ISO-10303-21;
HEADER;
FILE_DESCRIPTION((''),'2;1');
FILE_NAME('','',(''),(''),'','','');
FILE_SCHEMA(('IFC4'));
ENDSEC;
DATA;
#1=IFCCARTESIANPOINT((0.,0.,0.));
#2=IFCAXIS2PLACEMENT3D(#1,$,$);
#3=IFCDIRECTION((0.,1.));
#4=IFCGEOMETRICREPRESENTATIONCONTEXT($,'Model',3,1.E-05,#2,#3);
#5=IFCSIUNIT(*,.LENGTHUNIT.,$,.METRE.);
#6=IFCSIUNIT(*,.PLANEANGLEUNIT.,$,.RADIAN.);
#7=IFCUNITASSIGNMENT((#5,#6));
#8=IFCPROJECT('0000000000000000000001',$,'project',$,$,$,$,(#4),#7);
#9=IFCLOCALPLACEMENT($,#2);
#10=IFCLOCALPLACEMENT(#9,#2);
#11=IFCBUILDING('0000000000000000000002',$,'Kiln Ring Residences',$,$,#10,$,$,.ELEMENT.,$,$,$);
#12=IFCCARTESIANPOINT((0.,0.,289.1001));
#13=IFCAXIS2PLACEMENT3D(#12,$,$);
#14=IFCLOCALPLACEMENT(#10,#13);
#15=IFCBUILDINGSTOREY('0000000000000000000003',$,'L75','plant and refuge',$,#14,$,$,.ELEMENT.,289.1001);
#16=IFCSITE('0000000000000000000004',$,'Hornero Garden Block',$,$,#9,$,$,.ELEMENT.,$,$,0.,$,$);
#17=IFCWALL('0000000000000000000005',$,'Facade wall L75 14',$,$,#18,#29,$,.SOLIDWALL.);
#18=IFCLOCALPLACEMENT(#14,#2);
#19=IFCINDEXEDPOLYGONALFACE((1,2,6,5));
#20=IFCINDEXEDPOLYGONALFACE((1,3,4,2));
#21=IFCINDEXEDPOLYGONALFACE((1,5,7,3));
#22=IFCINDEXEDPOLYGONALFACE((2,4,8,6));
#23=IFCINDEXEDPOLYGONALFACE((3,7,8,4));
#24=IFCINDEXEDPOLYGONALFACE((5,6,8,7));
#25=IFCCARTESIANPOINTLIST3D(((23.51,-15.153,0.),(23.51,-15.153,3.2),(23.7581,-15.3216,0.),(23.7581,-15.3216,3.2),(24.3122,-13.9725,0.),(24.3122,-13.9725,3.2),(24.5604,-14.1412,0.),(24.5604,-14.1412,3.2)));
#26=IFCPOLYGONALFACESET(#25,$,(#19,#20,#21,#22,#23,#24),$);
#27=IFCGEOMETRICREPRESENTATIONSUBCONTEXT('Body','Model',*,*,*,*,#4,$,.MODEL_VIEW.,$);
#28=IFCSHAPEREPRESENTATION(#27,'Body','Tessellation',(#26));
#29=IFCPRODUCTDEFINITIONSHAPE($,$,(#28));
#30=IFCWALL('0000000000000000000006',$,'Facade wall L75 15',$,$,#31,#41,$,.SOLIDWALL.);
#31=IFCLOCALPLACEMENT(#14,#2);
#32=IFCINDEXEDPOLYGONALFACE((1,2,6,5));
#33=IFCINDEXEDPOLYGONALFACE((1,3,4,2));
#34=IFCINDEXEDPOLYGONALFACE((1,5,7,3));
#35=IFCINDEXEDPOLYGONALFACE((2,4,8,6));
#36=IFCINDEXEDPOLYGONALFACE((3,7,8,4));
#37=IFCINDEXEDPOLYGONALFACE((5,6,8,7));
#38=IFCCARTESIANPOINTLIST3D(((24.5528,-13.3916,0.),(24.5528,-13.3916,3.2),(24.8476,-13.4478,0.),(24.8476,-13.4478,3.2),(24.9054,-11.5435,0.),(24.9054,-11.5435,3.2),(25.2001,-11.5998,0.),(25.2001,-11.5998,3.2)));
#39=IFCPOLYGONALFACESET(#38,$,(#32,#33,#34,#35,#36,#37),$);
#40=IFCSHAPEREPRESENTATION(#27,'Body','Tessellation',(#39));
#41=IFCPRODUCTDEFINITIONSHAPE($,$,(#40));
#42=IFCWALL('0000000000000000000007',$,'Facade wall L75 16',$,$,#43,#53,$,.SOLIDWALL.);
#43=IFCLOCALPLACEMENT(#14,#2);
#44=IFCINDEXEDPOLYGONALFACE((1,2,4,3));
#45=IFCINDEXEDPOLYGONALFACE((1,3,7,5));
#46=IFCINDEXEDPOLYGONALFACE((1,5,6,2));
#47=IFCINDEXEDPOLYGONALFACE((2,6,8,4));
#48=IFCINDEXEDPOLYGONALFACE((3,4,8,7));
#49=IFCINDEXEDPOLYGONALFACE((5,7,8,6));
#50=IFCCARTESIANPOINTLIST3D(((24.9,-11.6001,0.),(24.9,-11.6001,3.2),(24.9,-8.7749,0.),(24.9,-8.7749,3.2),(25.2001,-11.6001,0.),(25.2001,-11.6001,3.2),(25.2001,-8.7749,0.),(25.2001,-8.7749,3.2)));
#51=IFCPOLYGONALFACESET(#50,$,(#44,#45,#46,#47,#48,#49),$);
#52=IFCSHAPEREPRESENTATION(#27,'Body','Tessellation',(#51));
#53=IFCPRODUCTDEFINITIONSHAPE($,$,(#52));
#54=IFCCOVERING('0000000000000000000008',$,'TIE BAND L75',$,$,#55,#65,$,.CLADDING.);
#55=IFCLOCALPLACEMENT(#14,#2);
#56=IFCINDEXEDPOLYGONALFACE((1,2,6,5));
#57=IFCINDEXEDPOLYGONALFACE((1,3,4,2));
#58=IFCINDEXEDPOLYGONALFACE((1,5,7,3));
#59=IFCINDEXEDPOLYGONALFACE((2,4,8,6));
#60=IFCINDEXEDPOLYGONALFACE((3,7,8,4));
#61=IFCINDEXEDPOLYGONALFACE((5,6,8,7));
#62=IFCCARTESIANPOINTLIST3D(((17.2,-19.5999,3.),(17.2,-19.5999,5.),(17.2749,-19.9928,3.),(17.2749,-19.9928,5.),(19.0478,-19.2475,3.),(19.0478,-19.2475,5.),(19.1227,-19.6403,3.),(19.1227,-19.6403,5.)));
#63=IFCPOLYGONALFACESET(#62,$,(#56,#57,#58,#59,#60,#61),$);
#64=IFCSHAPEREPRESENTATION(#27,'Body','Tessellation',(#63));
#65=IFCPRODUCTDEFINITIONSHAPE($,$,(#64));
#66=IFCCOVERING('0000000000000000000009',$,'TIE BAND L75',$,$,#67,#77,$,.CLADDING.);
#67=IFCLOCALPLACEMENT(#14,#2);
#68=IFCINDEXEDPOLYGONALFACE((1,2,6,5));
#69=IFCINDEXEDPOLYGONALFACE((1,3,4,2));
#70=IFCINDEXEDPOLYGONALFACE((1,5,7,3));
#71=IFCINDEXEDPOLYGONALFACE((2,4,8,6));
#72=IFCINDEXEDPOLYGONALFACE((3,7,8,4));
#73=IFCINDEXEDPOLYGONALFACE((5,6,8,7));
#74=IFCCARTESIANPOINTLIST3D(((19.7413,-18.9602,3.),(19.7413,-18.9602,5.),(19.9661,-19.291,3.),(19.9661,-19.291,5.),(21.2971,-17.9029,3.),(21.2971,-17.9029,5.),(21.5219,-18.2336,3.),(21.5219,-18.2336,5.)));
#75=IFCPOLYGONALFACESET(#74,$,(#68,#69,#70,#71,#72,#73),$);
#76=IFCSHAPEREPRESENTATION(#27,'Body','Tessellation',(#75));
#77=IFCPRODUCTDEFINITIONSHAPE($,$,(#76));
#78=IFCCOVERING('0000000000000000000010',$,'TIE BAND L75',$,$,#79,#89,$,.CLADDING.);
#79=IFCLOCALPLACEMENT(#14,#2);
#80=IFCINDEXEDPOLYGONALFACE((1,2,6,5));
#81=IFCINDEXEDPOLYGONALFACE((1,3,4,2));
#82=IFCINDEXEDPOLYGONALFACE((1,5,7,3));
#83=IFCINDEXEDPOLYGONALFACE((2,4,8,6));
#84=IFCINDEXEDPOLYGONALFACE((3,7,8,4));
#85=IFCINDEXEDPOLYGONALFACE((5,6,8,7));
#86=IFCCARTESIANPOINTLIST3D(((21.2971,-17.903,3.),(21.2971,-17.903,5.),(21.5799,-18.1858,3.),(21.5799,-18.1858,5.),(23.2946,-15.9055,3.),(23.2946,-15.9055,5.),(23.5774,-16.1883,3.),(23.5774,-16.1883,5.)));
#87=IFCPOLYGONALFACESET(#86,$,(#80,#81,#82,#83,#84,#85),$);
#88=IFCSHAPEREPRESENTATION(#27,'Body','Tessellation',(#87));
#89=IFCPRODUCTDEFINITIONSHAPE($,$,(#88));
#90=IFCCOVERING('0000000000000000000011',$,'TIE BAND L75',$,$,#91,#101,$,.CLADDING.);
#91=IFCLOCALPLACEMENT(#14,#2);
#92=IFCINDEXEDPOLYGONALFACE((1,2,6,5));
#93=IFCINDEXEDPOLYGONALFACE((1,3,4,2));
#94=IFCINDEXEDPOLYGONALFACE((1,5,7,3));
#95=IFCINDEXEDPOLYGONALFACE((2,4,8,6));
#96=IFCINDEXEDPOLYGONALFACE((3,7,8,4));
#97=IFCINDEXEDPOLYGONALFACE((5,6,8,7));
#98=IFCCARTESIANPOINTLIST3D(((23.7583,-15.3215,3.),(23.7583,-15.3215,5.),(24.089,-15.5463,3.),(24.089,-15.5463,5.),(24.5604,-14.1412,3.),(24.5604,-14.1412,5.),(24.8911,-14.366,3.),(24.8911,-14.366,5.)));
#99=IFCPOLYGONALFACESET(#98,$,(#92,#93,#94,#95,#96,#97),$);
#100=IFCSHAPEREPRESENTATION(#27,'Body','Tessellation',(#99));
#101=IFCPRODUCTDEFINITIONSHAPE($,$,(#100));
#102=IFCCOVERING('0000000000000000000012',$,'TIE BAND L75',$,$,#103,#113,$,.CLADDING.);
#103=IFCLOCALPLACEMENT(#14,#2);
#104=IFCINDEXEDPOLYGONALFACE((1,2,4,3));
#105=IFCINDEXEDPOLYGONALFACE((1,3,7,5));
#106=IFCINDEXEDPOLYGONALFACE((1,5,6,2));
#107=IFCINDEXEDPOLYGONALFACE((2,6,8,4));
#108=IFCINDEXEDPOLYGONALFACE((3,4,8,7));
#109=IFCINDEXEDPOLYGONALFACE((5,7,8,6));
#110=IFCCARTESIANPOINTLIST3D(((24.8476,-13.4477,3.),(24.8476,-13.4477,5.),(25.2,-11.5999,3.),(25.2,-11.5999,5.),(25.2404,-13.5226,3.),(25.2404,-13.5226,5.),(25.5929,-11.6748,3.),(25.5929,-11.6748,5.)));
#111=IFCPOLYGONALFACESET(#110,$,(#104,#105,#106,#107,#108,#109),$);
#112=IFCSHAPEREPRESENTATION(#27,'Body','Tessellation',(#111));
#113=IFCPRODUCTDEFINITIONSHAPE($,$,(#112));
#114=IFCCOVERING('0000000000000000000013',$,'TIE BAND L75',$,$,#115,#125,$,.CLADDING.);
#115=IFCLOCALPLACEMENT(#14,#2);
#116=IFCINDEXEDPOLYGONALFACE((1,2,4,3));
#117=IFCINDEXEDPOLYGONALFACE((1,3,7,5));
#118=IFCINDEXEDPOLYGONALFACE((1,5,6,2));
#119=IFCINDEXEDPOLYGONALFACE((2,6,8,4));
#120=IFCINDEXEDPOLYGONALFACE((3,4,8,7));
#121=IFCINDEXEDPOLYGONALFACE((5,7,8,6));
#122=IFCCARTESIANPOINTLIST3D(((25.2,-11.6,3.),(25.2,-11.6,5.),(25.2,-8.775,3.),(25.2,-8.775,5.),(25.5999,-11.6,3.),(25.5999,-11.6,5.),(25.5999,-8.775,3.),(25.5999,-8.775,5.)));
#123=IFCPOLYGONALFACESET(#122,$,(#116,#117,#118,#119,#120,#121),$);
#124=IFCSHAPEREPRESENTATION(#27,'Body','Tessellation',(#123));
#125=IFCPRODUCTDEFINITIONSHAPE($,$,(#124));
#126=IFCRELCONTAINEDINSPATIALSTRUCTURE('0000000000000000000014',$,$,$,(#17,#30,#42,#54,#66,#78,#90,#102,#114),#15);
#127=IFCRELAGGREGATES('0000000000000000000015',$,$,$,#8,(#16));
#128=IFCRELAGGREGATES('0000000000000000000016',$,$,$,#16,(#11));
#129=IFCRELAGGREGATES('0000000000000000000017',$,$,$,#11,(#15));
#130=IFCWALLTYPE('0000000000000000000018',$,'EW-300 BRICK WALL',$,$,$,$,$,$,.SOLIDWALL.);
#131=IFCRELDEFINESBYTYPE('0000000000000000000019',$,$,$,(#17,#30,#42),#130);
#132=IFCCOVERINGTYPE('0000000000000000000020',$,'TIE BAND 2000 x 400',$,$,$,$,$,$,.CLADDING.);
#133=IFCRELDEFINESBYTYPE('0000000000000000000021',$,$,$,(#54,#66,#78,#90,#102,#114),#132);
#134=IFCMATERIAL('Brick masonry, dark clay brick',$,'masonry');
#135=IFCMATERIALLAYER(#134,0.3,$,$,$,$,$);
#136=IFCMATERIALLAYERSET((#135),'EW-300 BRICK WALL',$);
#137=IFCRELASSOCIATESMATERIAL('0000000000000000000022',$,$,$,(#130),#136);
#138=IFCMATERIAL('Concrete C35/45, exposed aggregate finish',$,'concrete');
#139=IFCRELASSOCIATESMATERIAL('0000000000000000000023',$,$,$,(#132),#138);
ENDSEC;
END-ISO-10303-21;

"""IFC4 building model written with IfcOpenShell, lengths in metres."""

from ifc_helpers import new_model, si_unit, direction, frame, frame_2d, origin, origin_2d, place, context, subcontext, project, spatial, rectangle, extrude, material, layer, layer_set, type_object, element, save


model = new_model("IFC4")

# Units and contexts
model_context = context("Model", 3, precision=1e-05, world=origin(), true_north=direction((0.0, 1.0)))
body_context = subcontext(model_context, "Body", "Model", "MODEL_VIEW")
ifc_project = project(units=[si_unit("LENGTHUNIT", "METRE"), si_unit("PLANEANGLEUNIT", "RADIAN")], contexts=[model_context])

# Site, building, storey
site_placement = place(None, origin())
site = spatial("IfcSite", under=ifc_project, at=site_placement, Name="Hornero Garden Block", CompositionType="ELEMENT", RefElevation=0.0)
building_placement = place(site_placement, origin())
building = spatial("IfcBuilding", under=site, at=building_placement, Name="Kiln Ring Residences", CompositionType="ELEMENT")
storey_placement = place(building_placement, frame((0.0, 0.0, 289.1001)))
storey = spatial("IfcBuildingStorey", under=building, at=storey_placement, Name="L75", Description="plant and refuge", CompositionType="ELEMENT", Elevation=289.1001)

# Walls
ifc_material_1 = material(Name="Brick masonry, dark clay brick", Category="masonry")
ifc_layer_1 = layer(ifc_material_1, 0.3)
ifc_layer_set_1 = layer_set([ifc_layer_1], Name="EW-300 BRICK WALL")
wall_type_1 = type_object("IfcWallType", Name="EW-300 BRICK WALL", PredefinedType="SOLIDWALL", material=ifc_layer_set_1)
wall_1_placement = place(storey_placement, frame((23.634, -15.2373, 0.0), z_axis=(0.0, 0.0, 1.0), x_axis=(0.562099, 0.82707, 0.0)))
element("IfcWall", 1, at=wall_1_placement, inside=storey, type_object=wall_type_1, Name="Facade wall L75 14", PredefinedType="SOLIDWALL", context=body_context, shape_type="SweptSolid", body=[
    extrude(rectangle(XDim=1.4272, YDim=0.3, at=frame_2d((0.7136, 0.0))), origin(), (0.0, 0.0, 1.0), 3.2),
])
wall_2_placement = place(storey_placement, frame((24.7002, -13.4197, 0.0), z_axis=(0.0, 0.0, 1.0), x_axis=(0.187398, 0.982284, 0.0)))
element("IfcWall", 2, at=wall_2_placement, inside=storey, type_object=wall_type_1, Name="Facade wall L75 15", PredefinedType="SOLIDWALL", context=body_context, shape_type="SweptSolid", body=[
    extrude(rectangle(XDim=1.8813, YDim=0.3, at=frame_2d((0.9407, 0.0))), origin(), (0.0, 0.0, 1.0), 3.2),
])
wall_3_placement = place(storey_placement, frame((25.05, -11.6001, 0.0), z_axis=(0.0, 0.0, 1.0), x_axis=(0.0, 1.0, 0.0)))
element("IfcWall", 3, at=wall_3_placement, inside=storey, type_object=wall_type_1, Name="Facade wall L75 16", PredefinedType="SOLIDWALL", context=body_context, shape_type="SweptSolid", body=[
    extrude(rectangle(XDim=2.8252, YDim=0.3, at=frame_2d((1.4126, 0.0))), origin(), (0.0, 0.0, 1.0), 3.2),
])

# Coverings
ifc_material_2 = material(Name="Concrete C35/45, exposed aggregate finish", Category="concrete")
covering_type = type_object("IfcCoveringType", Name="TIE BAND 2000 x 400", PredefinedType="CLADDING", material=ifc_material_2)
for number, where, z_axis, x_axis, name in (
    (4, (18.1614, -19.6201, 3.0), (0.0, 0.0, 1.0), (0.98229, 0.187366, 0.0), "TIE BAND L75"),
    (5, (20.6316, -18.5969, 3.0), (0.0, 0.0, 1.0), (0.827072, 0.562097, 0.0), "TIE BAND L75"),
):
    element("IfcCovering", number, at=place(storey_placement, frame(where, z_axis=z_axis, x_axis=x_axis)), inside=storey, type_object=covering_type, Name=name, PredefinedType="CLADDING", context=body_context, shape_type="SweptSolid", body=[
        extrude(rectangle(XDim=1.8811, YDim=0.3999, at=origin_2d()), origin(), (0.0, 0.0, 1.0), 2.0),
    ])
covering_1_placement = place(storey_placement, frame((22.4373, -17.0457, 3.0), z_axis=(0.0, 0.0, 1.0), x_axis=(0.707107, 0.707107, 0.0)))
element("IfcCovering", 6, at=covering_1_placement, inside=storey, type_object=covering_type, Name="TIE BAND L75", PredefinedType="CLADDING", context=body_context, shape_type="SweptSolid", body=[
    extrude(rectangle(XDim=2.825, YDim=0.3999, at=origin_2d()), origin(), (0.0, 0.0, 1.0), 2.0),
])
covering_2_placement = place(storey_placement, frame((24.3247, -14.8438, 3.0), z_axis=(0.0, 0.0, 1.0), x_axis=(0.562097, 0.827072, 0.0)))
element("IfcCovering", 7, at=covering_2_placement, inside=storey, type_object=covering_type, Name="TIE BAND L75", PredefinedType="CLADDING", context=body_context, shape_type="SweptSolid", body=[
    extrude(rectangle(XDim=1.427, YDim=0.3999, at=origin_2d()), origin(), (0.0, 0.0, 1.0), 2.0),
])
covering_3_placement = place(storey_placement, frame((25.2202, -12.5613, 3.0), z_axis=(0.0, 0.0, 1.0), x_axis=(0.187366, 0.98229, 0.0)))
element("IfcCovering", 8, at=covering_3_placement, inside=storey, type_object=covering_type, Name="TIE BAND L75", PredefinedType="CLADDING", context=body_context, shape_type="SweptSolid", body=[
    extrude(rectangle(XDim=1.8811, YDim=0.3999, at=origin_2d()), origin(), (0.0, 0.0, 1.0), 2.0),
])
covering_4_placement = place(storey_placement, frame((25.3999, -10.1875, 3.0), z_axis=(0.0, 0.0, 1.0), x_axis=(0.0, 1.0, 0.0)))
element("IfcCovering", 9, at=covering_4_placement, inside=storey, type_object=covering_type, Name="TIE BAND L75", PredefinedType="CLADDING", context=body_context, shape_type="SweptSolid", body=[
    extrude(rectangle(XDim=2.825, YDim=0.3999, at=origin_2d()), origin(), (0.0, 0.0, 1.0), 2.0),
])

save(model, "model.ifc")
